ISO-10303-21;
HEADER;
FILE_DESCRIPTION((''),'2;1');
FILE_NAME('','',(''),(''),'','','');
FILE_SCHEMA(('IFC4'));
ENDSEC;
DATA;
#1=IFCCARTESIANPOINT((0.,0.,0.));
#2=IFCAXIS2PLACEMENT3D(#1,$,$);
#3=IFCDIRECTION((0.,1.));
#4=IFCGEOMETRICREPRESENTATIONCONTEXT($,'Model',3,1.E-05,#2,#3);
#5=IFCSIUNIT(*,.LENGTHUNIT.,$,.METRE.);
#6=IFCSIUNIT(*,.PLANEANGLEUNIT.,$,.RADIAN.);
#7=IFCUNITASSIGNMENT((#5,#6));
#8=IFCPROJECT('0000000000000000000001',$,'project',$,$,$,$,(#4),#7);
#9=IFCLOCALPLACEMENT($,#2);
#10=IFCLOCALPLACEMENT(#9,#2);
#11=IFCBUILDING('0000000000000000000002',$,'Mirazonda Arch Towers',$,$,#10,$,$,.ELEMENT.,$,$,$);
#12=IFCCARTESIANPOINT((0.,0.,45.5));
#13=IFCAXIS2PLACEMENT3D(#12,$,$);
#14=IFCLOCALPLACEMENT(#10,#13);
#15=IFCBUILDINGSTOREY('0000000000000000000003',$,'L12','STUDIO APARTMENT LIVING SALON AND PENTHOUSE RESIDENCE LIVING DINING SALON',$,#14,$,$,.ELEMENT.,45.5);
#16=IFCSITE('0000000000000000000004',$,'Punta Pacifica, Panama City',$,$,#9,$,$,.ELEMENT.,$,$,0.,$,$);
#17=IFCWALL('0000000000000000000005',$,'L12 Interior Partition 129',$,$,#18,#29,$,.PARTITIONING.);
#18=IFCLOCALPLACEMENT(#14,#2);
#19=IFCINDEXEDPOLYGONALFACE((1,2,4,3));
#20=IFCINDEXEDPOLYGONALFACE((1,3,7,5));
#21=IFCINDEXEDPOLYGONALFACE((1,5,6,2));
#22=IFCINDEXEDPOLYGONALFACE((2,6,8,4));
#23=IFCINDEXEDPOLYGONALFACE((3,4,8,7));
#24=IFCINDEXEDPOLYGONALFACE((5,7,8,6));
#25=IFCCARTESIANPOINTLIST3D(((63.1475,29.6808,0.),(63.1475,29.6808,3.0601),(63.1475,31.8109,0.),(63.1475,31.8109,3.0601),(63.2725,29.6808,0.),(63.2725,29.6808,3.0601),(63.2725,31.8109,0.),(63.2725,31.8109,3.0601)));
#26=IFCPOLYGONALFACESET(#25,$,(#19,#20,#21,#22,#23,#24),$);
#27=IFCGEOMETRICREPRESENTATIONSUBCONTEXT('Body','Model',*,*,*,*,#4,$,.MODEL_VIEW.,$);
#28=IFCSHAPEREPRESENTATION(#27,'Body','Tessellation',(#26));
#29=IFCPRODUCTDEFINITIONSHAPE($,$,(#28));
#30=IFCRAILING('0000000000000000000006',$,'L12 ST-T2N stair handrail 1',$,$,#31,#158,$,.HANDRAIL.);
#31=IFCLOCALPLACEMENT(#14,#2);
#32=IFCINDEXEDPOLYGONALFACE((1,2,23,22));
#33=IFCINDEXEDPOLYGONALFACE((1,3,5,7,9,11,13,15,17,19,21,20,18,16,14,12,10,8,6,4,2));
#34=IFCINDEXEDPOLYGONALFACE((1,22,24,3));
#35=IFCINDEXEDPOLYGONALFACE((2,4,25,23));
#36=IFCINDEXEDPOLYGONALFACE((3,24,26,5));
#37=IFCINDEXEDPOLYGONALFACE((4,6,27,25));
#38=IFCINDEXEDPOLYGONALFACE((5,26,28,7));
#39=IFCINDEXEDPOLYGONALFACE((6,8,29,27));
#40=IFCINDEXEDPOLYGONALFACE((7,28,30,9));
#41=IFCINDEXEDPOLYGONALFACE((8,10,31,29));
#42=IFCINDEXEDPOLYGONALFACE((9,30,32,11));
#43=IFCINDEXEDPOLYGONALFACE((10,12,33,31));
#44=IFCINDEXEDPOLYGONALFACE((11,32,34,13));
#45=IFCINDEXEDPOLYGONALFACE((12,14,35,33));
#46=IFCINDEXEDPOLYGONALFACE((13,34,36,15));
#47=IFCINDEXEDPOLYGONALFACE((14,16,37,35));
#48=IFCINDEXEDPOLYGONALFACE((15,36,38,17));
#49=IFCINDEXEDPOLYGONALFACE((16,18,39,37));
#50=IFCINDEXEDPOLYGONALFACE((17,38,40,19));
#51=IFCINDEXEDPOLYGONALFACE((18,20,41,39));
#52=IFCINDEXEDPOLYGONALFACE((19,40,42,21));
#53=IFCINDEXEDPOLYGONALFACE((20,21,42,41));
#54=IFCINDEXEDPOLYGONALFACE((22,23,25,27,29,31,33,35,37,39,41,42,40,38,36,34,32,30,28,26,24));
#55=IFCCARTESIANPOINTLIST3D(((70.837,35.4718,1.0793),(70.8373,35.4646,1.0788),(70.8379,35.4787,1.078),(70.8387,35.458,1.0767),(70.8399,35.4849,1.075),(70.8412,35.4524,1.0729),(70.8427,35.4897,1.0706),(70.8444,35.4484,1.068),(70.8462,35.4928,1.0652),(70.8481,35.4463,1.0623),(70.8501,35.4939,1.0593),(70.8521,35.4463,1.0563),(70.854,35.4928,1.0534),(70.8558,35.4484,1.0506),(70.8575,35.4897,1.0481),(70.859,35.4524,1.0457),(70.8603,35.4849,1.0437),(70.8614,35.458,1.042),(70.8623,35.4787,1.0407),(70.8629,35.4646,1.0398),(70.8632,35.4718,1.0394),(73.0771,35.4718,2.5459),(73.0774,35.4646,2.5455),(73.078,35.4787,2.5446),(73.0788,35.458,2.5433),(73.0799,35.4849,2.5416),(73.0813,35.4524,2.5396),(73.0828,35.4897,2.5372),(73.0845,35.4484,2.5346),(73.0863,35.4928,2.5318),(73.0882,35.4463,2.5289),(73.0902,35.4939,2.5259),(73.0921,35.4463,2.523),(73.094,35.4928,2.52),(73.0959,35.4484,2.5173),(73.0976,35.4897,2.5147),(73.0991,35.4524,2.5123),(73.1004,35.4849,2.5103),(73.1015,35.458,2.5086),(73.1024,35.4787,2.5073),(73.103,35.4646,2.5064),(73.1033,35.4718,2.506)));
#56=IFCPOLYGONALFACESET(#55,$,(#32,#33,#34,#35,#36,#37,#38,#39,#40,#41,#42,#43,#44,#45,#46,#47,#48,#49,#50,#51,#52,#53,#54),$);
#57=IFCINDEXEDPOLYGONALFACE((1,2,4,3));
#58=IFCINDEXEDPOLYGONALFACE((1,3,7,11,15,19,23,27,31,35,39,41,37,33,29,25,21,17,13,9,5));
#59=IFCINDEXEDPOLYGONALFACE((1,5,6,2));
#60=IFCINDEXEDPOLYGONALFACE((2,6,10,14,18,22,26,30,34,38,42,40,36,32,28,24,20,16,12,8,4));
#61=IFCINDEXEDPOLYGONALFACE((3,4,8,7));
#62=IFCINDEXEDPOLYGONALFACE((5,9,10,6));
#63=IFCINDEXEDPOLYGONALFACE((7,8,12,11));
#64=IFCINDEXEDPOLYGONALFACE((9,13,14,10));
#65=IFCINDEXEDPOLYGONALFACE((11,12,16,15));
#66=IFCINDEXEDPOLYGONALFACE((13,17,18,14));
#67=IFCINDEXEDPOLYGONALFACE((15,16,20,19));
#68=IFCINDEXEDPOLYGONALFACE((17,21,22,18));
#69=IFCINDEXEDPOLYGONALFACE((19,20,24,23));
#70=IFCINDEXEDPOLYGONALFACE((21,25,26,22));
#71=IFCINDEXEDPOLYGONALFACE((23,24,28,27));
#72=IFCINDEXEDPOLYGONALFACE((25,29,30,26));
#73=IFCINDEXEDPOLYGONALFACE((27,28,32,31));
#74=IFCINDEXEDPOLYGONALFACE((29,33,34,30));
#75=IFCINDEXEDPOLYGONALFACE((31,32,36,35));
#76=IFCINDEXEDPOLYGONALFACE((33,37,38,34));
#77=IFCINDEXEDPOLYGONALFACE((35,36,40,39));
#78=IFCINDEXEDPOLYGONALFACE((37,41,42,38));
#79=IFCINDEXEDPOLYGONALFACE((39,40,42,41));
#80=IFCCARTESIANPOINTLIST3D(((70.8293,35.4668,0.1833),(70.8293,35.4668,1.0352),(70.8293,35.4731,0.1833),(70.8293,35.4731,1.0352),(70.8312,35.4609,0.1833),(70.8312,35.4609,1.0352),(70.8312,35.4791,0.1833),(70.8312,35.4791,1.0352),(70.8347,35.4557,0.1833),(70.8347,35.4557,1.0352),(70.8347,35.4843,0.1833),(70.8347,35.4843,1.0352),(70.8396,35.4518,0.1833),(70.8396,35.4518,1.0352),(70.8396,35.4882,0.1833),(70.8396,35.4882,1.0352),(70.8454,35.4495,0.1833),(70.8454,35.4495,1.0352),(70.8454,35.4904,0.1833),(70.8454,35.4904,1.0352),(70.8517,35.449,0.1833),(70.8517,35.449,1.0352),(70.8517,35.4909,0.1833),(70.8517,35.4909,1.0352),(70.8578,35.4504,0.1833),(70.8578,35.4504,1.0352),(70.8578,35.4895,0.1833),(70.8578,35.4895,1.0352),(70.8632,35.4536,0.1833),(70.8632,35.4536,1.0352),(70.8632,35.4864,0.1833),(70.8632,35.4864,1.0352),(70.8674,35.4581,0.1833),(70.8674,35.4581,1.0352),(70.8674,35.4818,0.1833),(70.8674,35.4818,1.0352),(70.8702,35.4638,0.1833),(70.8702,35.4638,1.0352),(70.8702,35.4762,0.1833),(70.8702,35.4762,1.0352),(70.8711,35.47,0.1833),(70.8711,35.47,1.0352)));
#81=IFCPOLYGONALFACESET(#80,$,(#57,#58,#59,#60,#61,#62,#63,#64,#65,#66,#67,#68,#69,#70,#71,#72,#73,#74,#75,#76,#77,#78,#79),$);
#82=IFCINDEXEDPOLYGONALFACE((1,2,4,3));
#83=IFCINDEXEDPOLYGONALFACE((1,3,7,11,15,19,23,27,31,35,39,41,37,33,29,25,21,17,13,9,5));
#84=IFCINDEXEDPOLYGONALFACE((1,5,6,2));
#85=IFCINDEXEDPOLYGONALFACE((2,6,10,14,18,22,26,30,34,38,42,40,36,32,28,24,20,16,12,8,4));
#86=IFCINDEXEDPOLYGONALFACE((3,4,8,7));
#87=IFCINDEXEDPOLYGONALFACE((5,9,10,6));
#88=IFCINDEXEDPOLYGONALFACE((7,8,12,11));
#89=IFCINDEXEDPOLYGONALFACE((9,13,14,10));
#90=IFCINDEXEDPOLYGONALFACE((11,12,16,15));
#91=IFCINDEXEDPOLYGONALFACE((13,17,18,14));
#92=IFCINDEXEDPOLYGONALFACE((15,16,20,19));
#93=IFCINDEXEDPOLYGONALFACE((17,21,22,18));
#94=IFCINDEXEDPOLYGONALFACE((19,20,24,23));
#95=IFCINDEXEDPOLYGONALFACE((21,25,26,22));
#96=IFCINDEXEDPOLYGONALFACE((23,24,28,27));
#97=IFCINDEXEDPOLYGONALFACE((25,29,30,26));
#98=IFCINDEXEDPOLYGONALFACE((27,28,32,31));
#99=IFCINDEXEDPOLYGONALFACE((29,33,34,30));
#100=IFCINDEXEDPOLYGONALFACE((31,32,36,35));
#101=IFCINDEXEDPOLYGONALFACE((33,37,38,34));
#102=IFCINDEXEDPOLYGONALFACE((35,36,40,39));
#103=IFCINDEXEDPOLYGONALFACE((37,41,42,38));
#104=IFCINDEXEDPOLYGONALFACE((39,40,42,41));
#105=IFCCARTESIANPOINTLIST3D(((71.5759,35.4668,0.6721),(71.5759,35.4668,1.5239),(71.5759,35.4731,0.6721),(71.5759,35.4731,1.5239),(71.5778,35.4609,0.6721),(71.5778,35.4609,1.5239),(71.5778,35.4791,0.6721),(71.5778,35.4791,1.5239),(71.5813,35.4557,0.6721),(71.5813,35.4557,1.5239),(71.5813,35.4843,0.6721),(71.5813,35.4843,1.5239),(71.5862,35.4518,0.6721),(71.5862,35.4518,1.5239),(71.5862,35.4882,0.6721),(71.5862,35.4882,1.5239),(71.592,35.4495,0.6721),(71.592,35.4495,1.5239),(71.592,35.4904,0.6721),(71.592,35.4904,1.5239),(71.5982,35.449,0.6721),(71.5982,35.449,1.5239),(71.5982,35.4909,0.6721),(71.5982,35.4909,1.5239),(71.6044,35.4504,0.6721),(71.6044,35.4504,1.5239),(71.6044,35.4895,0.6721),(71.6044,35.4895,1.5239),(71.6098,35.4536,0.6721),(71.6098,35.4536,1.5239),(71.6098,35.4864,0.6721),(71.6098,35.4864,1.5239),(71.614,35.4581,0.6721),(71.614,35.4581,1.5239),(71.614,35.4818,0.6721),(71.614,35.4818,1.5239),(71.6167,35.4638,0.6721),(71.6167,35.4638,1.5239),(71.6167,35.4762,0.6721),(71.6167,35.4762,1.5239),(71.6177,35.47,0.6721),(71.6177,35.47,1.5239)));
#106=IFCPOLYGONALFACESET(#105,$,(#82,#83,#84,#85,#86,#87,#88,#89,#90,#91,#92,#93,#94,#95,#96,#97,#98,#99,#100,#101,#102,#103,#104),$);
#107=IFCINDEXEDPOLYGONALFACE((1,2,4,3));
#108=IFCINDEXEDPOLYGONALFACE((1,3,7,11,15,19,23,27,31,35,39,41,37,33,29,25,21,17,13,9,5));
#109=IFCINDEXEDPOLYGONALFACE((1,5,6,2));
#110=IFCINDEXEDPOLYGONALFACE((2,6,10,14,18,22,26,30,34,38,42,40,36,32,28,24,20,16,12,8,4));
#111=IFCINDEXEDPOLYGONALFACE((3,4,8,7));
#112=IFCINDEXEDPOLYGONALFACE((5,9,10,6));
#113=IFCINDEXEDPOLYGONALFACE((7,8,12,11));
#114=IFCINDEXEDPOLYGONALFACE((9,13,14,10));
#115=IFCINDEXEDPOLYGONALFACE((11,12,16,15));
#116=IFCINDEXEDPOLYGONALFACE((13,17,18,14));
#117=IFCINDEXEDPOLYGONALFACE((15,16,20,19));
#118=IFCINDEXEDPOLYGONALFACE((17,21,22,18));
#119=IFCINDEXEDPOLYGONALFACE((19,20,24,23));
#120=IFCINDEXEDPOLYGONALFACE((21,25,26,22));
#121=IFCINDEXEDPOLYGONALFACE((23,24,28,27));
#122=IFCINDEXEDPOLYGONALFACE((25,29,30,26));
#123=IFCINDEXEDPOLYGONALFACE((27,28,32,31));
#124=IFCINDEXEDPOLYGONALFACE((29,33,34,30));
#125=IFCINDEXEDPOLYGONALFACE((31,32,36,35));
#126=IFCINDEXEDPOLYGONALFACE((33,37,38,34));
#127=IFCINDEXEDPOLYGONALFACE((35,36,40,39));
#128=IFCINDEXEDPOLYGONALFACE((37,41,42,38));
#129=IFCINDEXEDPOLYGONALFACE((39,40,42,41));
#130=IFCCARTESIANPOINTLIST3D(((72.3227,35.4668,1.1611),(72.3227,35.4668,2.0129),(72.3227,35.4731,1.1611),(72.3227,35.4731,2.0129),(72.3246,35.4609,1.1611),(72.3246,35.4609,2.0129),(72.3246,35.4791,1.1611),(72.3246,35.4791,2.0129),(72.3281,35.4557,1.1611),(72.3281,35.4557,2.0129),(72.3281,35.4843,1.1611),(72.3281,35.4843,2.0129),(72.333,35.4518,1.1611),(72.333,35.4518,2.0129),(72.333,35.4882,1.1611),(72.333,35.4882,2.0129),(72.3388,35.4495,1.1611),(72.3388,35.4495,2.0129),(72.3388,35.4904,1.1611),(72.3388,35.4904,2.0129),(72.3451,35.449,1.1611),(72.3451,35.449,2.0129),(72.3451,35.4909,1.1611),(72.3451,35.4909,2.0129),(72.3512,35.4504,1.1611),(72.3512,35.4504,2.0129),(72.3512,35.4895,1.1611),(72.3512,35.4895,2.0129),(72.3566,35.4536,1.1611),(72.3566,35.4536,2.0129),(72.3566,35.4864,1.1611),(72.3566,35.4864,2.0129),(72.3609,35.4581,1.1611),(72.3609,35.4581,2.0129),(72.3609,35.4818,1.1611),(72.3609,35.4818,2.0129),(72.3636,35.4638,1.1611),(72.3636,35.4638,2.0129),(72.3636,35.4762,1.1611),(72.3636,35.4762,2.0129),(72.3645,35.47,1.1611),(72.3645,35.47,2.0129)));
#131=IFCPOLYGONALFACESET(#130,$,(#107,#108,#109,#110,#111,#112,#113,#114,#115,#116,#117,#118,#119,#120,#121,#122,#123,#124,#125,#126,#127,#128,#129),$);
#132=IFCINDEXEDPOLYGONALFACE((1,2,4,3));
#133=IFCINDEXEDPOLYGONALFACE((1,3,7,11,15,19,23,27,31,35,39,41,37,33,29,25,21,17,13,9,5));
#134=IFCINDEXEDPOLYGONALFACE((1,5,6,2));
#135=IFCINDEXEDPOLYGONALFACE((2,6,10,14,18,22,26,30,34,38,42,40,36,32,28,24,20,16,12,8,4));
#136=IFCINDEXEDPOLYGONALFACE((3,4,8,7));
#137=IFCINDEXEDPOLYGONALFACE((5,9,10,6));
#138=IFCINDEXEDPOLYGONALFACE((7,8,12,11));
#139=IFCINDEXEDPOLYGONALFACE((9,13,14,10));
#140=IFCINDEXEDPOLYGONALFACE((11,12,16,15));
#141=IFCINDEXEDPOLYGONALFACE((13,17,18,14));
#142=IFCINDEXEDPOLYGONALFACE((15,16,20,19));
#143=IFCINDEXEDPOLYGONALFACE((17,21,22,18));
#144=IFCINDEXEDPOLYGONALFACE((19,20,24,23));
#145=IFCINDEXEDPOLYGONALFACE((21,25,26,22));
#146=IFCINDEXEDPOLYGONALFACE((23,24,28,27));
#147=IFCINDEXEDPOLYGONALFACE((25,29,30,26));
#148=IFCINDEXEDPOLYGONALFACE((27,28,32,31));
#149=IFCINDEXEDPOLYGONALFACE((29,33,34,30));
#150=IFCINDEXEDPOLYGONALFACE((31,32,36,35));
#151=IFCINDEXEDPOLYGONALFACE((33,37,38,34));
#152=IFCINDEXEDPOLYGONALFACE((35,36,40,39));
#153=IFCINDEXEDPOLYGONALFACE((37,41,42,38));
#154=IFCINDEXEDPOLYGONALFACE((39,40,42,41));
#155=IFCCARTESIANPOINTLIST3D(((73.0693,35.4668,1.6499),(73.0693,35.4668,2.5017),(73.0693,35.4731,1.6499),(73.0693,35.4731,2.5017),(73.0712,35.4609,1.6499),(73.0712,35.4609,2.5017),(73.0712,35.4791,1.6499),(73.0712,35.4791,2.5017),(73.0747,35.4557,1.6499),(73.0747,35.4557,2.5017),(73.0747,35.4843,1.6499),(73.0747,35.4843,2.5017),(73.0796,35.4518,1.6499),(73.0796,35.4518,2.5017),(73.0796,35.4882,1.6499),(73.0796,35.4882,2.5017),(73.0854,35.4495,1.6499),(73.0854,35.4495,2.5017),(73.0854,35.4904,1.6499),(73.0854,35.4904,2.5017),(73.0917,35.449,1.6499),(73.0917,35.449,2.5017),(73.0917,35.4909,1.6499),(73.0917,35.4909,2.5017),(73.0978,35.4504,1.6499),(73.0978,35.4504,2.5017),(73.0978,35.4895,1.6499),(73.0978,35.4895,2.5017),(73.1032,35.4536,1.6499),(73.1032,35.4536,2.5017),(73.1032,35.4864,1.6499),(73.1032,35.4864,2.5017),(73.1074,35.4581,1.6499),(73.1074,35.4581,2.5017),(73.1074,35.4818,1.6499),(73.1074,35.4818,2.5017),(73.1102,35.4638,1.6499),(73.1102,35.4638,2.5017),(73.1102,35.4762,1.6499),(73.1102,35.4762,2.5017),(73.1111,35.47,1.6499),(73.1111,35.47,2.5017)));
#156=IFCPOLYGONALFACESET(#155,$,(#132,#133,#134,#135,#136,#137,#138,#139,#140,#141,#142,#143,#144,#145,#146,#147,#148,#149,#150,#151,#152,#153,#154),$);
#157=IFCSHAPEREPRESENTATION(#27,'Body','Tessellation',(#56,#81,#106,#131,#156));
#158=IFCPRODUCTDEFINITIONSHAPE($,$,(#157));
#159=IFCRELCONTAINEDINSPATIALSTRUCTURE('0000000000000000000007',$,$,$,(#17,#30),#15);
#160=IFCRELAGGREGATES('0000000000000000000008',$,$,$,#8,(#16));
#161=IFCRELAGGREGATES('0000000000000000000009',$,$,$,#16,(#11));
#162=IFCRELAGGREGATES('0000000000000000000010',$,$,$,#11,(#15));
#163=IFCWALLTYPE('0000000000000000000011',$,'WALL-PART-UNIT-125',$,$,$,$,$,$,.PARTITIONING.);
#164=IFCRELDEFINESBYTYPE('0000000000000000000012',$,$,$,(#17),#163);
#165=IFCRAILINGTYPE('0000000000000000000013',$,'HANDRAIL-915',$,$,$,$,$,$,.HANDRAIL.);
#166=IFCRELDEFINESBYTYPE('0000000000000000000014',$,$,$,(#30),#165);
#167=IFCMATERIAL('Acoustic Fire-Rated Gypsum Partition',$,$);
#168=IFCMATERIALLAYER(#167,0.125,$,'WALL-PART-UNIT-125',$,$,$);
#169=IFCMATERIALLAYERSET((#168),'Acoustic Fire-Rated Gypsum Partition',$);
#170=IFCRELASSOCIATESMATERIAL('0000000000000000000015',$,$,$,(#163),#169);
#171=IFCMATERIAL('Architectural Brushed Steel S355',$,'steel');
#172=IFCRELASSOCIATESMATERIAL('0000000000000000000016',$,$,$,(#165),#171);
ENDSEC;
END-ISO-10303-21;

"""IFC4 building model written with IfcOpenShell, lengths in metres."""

from ifc_helpers import new_model, si_unit, direction, frame, frame_2d, origin, origin_2d, place, context, subcontext, project, spatial, rectangle, circle, extrude, material, layer, layer_set, type_object, element, save


model = new_model("IFC4")

# Units and contexts
model_context = context("Model", 3, precision=1e-05, world=origin(), true_north=direction((0.0, 1.0)))
body_context = subcontext(model_context, "Body", "Model", "MODEL_VIEW")
ifc_project = project(units=[si_unit("LENGTHUNIT", "METRE"), si_unit("PLANEANGLEUNIT", "RADIAN")], contexts=[model_context])

# Site, building, storey
site_placement = place(None, origin())
site = spatial("IfcSite", under=ifc_project, at=site_placement, Name="Punta Pacifica, Panama City", CompositionType="ELEMENT", RefElevation=0.0)
building_placement = place(site_placement, origin())
building = spatial("IfcBuilding", under=site, at=building_placement, Name="Mirazonda Arch Towers", CompositionType="ELEMENT")
storey_placement = place(building_placement, frame((0.0, 0.0, 45.5)))
storey = spatial("IfcBuildingStorey", under=building, at=storey_placement, Name="L12", Description="STUDIO APARTMENT LIVING SALON AND PENTHOUSE RESIDENCE LIVING DINING SALON", CompositionType="ELEMENT", Elevation=45.5)

# Shared definitions
ifc_material_1 = material(Name="Architectural Brushed Steel S355", Category="steel")

# Wall
ifc_material_2 = material(Name="Acoustic Fire-Rated Gypsum Partition")
ifc_layer_1 = layer(ifc_material_2, 0.125, Name="WALL-PART-UNIT-125")
ifc_layer_set_1 = layer_set([ifc_layer_1], Name="Acoustic Fire-Rated Gypsum Partition")
wall_type_1 = type_object("IfcWallType", Name="WALL-PART-UNIT-125", PredefinedType="PARTITIONING", material=ifc_layer_set_1)
wall_1_placement = place(storey_placement, frame((63.21, 29.6809, 0.0), z_axis=(0.0, 0.0, 1.0), x_axis=(0.0, 1.0, 0.0)))
element("IfcWall", 1, at=wall_1_placement, inside=storey, type_object=wall_type_1, Name="L12 Interior Partition 129", PredefinedType="PARTITIONING", context=body_context, shape_type="SweptSolid", body=[
    extrude(rectangle(XDim=2.1301, YDim=0.125, at=frame_2d((1.0649, 0.0))), origin(), (0.0, 0.0, 1.0), 3.0601),
])

# Railing
railing_type = type_object("IfcRailingType", Name="HANDRAIL-915", PredefinedType="HANDRAIL", material=ifc_material_1)
railing_placement = place(storey_placement, frame((70.8501, 35.47, 0.1833)))
element("IfcRailing", 2, at=railing_placement, inside=storey, type_object=railing_type, Name="L12 ST-T2N stair handrail 1", PredefinedType="HANDRAIL", context=body_context, shape_type="SweptSolid", body=[
    extrude(circle(Radius=0.0239, at=origin_2d()), frame((0.0, 0.0, 0.876), z_axis=(0.836637, 0.0, 0.547758), x_axis=(0.0, 1.0, 0.0)), (0.0, 0.0, 1.0), 2.6775),
    extrude(circle(Radius=0.021, at=origin_2d()), origin(), (0.0, 0.0, 1.0), 0.8518),
    extrude(circle(Radius=0.021, at=origin_2d()), frame((0.7466, 0.0, 0.4888)), (0.0, 0.0, 1.0), 0.8518),
    extrude(circle(Radius=0.021, at=origin_2d()), frame((1.4934, 0.0, 0.9778)), (0.0, 0.0, 1.0), 0.8518),
    extrude(circle(Radius=0.021, at=origin_2d()), frame((2.24, 0.0, 1.4666)), (0.0, 0.0, 1.0), 0.8518),
])

save(model, "model.ifc")
